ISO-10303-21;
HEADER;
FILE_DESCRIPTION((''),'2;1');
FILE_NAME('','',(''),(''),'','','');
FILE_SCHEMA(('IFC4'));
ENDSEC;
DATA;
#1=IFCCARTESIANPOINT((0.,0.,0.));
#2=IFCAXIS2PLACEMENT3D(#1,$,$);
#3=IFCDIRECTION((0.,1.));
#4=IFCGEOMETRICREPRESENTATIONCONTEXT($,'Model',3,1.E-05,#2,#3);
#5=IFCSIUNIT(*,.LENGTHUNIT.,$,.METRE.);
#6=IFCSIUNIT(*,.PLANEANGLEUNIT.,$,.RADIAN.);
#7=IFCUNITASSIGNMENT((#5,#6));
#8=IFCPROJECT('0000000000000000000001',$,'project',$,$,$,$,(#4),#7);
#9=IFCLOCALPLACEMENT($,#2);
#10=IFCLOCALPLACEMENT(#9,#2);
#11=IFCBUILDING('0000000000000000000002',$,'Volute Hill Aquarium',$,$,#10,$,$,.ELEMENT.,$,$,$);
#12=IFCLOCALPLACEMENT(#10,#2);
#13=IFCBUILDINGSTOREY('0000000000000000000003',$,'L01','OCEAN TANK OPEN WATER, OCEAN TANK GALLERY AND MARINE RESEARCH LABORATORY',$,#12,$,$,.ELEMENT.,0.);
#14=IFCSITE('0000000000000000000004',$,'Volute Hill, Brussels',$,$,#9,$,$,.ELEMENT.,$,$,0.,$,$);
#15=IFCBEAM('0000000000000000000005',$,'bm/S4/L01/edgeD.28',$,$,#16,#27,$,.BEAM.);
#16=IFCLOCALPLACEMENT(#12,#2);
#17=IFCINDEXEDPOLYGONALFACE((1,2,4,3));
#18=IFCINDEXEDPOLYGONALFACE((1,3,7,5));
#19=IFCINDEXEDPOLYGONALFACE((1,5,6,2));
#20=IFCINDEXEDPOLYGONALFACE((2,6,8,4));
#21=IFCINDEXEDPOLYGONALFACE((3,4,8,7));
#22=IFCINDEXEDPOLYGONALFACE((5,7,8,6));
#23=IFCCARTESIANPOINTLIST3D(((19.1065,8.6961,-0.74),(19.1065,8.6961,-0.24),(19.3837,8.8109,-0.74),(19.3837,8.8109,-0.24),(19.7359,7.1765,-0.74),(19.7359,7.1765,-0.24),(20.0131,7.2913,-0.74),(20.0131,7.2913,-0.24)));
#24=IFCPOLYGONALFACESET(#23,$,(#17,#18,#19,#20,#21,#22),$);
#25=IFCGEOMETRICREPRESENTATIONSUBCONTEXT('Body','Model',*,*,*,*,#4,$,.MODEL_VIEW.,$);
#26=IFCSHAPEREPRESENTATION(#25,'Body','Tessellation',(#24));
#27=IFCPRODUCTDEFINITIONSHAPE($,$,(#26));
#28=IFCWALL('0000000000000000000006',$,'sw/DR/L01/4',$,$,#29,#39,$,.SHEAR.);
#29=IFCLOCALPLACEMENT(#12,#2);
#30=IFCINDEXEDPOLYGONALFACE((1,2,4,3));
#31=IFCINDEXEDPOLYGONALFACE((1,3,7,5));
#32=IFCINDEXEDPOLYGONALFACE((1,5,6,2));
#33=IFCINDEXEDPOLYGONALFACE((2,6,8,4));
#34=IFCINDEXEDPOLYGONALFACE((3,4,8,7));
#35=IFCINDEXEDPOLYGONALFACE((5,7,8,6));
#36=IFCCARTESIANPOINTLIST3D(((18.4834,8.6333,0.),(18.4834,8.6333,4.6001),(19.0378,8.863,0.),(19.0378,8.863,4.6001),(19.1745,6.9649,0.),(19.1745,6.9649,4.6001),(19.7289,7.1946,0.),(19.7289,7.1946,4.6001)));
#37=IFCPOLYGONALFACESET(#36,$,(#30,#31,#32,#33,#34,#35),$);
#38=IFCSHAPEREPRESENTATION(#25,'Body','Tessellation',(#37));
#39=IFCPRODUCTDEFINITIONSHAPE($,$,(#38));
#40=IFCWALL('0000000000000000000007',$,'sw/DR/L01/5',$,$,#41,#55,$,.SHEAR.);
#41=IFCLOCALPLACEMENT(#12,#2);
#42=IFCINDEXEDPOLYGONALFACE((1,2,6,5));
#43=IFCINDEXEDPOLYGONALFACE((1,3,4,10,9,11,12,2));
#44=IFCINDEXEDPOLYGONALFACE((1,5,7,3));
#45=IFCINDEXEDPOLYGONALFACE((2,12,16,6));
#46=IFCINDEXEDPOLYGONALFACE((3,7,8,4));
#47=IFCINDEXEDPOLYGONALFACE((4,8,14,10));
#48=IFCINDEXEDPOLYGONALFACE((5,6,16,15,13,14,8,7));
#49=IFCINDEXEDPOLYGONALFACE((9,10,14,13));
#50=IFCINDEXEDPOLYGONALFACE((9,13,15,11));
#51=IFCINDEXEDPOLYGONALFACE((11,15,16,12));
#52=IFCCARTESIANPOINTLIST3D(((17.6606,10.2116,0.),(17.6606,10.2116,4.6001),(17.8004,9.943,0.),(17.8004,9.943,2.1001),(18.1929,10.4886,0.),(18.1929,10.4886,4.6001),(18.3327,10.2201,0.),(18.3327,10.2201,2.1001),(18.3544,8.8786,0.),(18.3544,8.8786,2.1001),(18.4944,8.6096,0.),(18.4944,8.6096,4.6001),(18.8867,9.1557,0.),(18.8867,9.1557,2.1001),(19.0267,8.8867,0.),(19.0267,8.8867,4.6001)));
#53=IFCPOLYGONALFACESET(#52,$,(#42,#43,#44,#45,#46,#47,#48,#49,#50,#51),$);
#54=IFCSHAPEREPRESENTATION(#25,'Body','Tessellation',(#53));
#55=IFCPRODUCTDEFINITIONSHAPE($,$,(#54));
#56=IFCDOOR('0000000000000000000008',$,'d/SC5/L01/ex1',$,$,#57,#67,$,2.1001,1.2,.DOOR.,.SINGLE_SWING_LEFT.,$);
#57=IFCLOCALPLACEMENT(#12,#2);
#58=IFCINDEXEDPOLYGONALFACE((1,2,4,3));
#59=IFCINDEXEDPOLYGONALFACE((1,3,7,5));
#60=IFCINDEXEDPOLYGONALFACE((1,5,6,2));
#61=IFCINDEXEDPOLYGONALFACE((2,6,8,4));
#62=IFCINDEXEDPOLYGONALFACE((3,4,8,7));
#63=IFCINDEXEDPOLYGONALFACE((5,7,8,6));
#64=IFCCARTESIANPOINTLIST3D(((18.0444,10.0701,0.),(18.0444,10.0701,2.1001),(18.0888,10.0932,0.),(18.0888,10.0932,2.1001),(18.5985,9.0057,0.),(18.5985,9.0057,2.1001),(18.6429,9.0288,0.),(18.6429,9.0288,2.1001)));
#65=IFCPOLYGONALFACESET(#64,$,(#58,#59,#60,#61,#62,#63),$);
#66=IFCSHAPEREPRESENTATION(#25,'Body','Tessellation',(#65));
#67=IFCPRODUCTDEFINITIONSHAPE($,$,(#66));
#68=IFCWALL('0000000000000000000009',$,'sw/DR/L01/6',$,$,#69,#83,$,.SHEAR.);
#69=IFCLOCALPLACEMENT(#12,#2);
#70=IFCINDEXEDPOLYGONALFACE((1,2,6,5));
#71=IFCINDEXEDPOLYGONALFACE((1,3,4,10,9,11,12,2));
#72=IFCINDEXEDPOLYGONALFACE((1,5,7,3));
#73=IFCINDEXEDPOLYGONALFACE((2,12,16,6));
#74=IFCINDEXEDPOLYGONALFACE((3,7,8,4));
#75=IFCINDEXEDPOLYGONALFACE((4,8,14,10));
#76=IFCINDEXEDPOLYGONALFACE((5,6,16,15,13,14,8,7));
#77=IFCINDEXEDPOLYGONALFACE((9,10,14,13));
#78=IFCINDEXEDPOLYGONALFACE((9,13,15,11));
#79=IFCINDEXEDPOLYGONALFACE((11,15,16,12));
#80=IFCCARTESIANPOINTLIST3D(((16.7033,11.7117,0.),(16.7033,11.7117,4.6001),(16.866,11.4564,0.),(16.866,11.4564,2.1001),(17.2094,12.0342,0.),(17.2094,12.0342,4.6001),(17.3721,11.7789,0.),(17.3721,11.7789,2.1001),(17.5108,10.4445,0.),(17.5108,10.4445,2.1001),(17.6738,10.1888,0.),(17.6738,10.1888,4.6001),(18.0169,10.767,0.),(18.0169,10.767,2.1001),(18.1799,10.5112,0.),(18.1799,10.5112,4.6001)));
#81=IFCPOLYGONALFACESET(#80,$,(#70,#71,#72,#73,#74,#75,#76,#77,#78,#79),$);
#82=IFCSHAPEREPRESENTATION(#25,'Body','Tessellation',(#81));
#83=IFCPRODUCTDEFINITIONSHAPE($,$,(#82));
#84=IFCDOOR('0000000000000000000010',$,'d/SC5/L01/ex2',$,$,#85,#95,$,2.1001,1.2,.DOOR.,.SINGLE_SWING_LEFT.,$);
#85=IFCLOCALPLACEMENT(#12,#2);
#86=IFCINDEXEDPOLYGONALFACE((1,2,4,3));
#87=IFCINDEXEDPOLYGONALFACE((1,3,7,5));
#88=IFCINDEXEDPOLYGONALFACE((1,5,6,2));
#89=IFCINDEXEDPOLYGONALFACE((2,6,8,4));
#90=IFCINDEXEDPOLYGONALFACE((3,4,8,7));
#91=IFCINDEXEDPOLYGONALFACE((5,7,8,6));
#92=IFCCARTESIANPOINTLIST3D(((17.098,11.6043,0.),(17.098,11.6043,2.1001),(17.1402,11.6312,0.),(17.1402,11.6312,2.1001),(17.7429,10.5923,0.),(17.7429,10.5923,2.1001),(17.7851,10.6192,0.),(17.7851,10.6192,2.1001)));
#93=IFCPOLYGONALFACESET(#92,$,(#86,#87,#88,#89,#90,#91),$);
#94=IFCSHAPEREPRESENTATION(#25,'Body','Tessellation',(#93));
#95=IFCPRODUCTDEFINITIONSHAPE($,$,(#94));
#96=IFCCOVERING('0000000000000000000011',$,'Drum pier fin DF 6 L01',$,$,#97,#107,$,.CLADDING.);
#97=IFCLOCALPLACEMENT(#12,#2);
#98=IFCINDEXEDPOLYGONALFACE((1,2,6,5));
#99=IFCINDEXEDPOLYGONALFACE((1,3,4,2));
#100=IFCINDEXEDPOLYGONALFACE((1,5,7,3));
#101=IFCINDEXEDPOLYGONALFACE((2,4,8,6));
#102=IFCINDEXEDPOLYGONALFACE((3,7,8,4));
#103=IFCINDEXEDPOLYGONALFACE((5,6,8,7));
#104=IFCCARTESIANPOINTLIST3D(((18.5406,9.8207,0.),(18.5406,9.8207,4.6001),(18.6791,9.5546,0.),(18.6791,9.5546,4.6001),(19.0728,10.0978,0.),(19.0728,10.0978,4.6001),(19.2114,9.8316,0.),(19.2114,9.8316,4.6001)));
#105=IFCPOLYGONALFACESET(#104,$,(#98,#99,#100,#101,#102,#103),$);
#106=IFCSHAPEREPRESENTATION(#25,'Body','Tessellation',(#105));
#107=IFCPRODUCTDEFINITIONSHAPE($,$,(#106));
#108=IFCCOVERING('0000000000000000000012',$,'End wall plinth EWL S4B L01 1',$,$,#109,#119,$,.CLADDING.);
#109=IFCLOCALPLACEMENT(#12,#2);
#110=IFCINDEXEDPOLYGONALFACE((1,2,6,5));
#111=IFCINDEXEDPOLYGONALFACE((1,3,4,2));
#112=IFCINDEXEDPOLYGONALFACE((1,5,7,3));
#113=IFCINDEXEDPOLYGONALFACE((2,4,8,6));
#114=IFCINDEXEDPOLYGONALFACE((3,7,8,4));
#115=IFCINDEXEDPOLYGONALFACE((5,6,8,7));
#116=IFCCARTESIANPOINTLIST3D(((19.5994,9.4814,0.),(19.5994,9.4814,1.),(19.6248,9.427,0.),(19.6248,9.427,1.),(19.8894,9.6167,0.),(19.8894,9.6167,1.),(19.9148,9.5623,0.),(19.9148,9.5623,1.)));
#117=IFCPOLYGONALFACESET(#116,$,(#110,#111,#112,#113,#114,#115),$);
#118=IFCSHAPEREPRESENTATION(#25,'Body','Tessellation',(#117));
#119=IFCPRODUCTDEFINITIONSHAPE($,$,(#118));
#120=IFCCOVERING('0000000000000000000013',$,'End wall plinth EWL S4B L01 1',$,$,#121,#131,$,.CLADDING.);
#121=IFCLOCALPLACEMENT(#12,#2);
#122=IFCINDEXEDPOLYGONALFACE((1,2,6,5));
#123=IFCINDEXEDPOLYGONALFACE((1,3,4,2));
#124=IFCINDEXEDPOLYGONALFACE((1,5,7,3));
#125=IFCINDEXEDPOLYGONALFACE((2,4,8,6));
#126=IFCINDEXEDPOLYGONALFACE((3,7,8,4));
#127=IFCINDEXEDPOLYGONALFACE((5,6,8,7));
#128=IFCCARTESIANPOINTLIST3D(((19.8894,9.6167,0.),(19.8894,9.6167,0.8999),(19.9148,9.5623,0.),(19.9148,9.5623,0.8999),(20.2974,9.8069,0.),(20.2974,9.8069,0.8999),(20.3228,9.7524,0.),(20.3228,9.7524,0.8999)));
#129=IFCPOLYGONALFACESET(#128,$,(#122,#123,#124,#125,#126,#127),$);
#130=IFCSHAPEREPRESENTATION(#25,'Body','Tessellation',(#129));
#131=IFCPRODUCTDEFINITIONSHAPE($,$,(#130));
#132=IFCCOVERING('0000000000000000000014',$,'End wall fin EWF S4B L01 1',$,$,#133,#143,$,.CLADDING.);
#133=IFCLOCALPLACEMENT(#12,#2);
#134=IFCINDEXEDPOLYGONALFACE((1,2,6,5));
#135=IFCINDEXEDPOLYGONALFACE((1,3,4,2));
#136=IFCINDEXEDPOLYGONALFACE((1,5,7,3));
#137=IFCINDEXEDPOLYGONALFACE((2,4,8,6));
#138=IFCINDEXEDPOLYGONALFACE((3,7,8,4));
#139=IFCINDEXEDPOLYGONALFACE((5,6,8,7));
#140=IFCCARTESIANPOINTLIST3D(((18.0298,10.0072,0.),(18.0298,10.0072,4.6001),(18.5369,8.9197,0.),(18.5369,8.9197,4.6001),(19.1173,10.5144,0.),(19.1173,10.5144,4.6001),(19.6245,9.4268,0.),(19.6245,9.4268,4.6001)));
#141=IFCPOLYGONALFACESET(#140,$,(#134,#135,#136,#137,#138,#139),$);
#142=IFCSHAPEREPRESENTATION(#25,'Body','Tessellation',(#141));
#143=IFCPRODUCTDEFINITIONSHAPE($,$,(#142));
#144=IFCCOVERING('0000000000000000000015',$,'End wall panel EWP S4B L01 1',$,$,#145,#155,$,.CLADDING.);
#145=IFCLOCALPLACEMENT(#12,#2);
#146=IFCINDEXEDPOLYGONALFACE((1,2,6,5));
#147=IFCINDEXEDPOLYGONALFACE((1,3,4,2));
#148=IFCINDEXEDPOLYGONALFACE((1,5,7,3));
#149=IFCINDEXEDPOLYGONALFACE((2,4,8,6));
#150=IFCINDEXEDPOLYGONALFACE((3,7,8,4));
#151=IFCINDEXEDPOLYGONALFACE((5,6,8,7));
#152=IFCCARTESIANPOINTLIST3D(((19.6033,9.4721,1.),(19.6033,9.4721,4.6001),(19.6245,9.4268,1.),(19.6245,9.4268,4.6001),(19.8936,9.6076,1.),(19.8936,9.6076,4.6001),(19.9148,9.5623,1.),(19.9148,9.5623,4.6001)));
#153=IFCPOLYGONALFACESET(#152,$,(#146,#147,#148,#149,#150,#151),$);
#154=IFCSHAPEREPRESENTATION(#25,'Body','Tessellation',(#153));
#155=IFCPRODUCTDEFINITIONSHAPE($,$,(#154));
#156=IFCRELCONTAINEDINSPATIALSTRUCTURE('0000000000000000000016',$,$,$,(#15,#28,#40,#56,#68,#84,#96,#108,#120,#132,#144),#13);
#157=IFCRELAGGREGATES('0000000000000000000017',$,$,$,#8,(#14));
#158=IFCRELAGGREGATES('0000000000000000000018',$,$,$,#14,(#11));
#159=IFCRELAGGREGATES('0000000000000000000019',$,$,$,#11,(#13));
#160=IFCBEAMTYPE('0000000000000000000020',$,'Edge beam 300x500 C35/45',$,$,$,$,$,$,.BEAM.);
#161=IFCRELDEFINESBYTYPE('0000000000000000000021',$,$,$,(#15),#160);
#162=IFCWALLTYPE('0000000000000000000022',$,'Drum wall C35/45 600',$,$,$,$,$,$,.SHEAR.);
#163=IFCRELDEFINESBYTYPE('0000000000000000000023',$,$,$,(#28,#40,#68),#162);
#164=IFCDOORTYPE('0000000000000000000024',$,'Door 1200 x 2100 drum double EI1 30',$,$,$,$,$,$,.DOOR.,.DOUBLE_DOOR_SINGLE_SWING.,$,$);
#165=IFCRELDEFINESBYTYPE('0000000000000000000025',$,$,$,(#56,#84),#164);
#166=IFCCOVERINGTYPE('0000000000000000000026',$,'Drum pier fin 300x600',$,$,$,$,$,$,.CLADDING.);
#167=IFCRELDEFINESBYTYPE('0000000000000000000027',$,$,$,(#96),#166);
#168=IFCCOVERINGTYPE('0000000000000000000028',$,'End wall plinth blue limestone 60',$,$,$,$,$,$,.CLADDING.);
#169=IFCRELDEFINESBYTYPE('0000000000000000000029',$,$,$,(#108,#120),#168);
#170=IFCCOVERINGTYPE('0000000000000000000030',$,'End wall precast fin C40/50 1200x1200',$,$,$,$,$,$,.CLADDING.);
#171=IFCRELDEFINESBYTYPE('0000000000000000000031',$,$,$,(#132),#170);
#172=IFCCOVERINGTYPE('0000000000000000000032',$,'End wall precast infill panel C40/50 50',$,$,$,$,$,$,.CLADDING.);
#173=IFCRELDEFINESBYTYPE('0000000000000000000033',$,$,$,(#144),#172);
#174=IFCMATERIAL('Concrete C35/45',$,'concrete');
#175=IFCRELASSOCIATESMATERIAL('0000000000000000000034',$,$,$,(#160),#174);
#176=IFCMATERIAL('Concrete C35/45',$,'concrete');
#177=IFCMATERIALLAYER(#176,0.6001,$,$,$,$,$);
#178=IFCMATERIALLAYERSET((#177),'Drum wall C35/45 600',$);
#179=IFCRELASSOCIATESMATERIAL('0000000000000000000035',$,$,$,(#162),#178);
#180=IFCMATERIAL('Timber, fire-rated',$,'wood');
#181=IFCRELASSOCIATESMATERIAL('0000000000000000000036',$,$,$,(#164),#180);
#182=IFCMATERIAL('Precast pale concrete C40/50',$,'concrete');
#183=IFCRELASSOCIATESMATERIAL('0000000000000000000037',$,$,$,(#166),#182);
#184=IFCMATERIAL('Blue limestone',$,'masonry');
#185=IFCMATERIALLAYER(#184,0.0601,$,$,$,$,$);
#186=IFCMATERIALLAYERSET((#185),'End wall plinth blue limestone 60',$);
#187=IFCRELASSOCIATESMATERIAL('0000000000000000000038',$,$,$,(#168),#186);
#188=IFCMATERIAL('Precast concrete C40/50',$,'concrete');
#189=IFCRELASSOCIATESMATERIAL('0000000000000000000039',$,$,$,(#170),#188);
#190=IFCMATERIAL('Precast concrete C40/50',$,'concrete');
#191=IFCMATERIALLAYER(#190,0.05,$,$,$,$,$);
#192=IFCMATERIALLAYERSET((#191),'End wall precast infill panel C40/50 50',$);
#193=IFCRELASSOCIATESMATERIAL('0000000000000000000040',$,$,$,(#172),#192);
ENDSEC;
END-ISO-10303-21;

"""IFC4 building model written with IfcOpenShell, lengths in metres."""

from ifc_helpers import new_model, si_unit, direction, frame, frame_2d, origin, origin_2d, place, context, subcontext, project, spatial, polyline, rectangle, outline, extrude, material, layer, layer_set, material_profile, profile_set, type_object, element, fill, save


model = new_model("IFC4")

# Units and contexts
model_context = context("Model", 3, precision=1e-05, world=origin(), true_north=direction((0.0, 1.0)))
body_context = subcontext(model_context, "Body", "Model", "MODEL_VIEW")
ifc_project = project(units=[si_unit("LENGTHUNIT", "METRE"), si_unit("PLANEANGLEUNIT", "RADIAN")], contexts=[model_context])

# Site, building, storey
site_placement = place(None, origin())
site = spatial("IfcSite", under=ifc_project, at=site_placement, Name="Volute Hill, Brussels", CompositionType="ELEMENT", RefElevation=0.0)
building_placement = place(site_placement, origin())
building = spatial("IfcBuilding", under=site, at=building_placement, Name="Volute Hill Aquarium", CompositionType="ELEMENT")
storey_placement = place(building_placement, origin())
storey = spatial("IfcBuildingStorey", under=building, at=storey_placement, Name="L01", Description="OCEAN TANK OPEN WATER, OCEAN TANK GALLERY AND MARINE RESEARCH LABORATORY", CompositionType="ELEMENT", Elevation=0.0)

# Beam
ifc_material_1 = material(Name="Concrete C35/45", Category="concrete")
ifc_material_profile = material_profile(ifc_material_1, rectangle(XDim=0.3, YDim=0.5, at=origin_2d()), Name="RC edge beam 300x500")
ifc_profile_set = profile_set([ifc_material_profile], Name="Concrete C35/45")
beam_type = type_object("IfcBeamType", Name="Edge beam 300x500 C35/45", PredefinedType="BEAM", material=ifc_profile_set)
beam_placement = place(storey_placement, frame((19.8745, 7.2339, -0.49), z_axis=(-0.382675, 0.923883, 0.0), x_axis=(-0.923883, -0.382675, 0.0)))
element("IfcBeam", 1, at=beam_placement, inside=storey, type_object=beam_type, Name="bm/S4/L01/edgeD.28", PredefinedType="BEAM", context=body_context, shape_type="SweptSolid", body=[
    extrude(rectangle(XDim=0.3, YDim=0.5, at=origin_2d()), origin(), (0.0, 0.0, 1.0), 1.6448),
])

# Wall
ifc_material_2 = material(Name="Concrete C35/45", Category="concrete")
ifc_layer_1 = layer(ifc_material_2, 0.6001)
ifc_layer_set_1 = layer_set([ifc_layer_1], Name="Drum wall C35/45 600")
wall_type_1 = type_object("IfcWallType", Name="Drum wall C35/45 600", PredefinedType="SHEAR", material=ifc_layer_set_1)
wall_1_placement = place(storey_placement, frame((19.4517, 7.0798, 0.0), z_axis=(0.0, 0.0, 1.0), x_axis=(-0.382714, 0.923867, 0.0)))
element("IfcWall", 2, at=wall_1_placement, inside=storey, type_object=wall_type_1, Name="sw/DR/L01/4", PredefinedType="SHEAR", context=body_context, shape_type="SweptSolid", body=[
    extrude(rectangle(XDim=1.8059, YDim=0.6001, at=frame_2d((0.9028, 0.0))), origin(), (0.0, 0.0, 1.0), 4.6001),
])

# Walls, openings, doors
wall_2_placement = place(storey_placement, frame((18.7605, 8.7483, 0.0), z_axis=(0.0, 0.0, 1.0), x_axis=(-0.461702, 0.887035, 0.0)))
wall_2 = element("IfcWall", 3, at=wall_2_placement, inside=storey, type_object=wall_type_1, Name="sw/DR/L01/5", PredefinedType="SHEAR", context=body_context, shape_type="SweptSolid", body=[
    extrude(rectangle(XDim=1.8059, YDim=0.6001, at=frame_2d((0.9028, 0.0))), origin(), (0.0, 0.0, 1.0), 4.6001),
])
opening_1_placement = place(wall_2_placement, frame((0.303, 0.0, 0.0)))
opening_1 = element("IfcOpeningElement", 4, at=opening_1_placement, cuts=wall_2, PredefinedType="OPENING", context=body_context, shape_type="SweptSolid", body=[
    extrude(rectangle(XDim=1.2, YDim=2.1001, at=frame_2d((0.6001, 1.05))), frame((0.0, 0.3101, 0.0), z_axis=(0.0, -1.0, 0.0), x_axis=(1.0, 0.0, 0.0)), (0.0, 0.0, 1.0), 0.6201),
])
ifc_material_3 = material(Name="Timber, fire-rated", Category="wood")
door_type_1 = type_object("IfcDoorType", Name="Door 1200 x 2100 drum double EI1 30", OperationType="DOUBLE_DOOR_SINGLE_SWING", PredefinedType="DOOR", material=ifc_material_3)
door_1_placement = place(opening_1_placement, origin())
door_1 = element("IfcDoor", 5, at=door_1_placement, inside=storey, type_object=door_type_1, Name="d/SC5/L01/ex1", OperationType="SINGLE_SWING_LEFT", OverallHeight=2.1001, OverallWidth=1.2, PredefinedType="DOOR", context=body_context, shape_type="SweptSolid", body=[
    extrude(rectangle(XDim=1.2, YDim=2.1001, at=frame_2d((0.6001, 1.05))), frame((0.0, 0.0249, 0.0), z_axis=(0.0, -1.0, 0.0), x_axis=(1.0, 0.0, 0.0)), (0.0, 0.0, 1.0), 0.05),
])
fill(opening_1, door_1)
wall_3_placement = place(storey_placement, frame((17.9268, 10.3501, 0.0), z_axis=(0.0, 0.0, 1.0), x_axis=(-0.537392, 0.843333, 0.0)))
wall_3 = element("IfcWall", 6, at=wall_3_placement, inside=storey, type_object=wall_type_1, Name="sw/DR/L01/6", PredefinedType="SHEAR", context=body_context, shape_type="SweptSolid", body=[
    extrude(rectangle(XDim=1.8059, YDim=0.6001, at=frame_2d((0.9028, 0.0))), origin(), (0.0, 0.0, 1.0), 4.6001),
])
opening_2_placement = place(wall_3_placement, frame((0.303, 0.0, 0.0)))
opening_2 = element("IfcOpeningElement", 7, at=opening_2_placement, cuts=wall_3, PredefinedType="OPENING", context=body_context, shape_type="SweptSolid", body=[
    extrude(rectangle(XDim=1.2, YDim=2.1001, at=frame_2d((0.6001, 1.05))), frame((0.0, 0.3101, 0.0), z_axis=(0.0, -1.0, 0.0), x_axis=(1.0, 0.0, 0.0)), (0.0, 0.0, 1.0), 0.6201),
])
door_2_placement = place(opening_2_placement, origin())
door_2 = element("IfcDoor", 8, at=door_2_placement, inside=storey, type_object=door_type_1, Name="d/SC5/L01/ex2", OperationType="SINGLE_SWING_LEFT", OverallHeight=2.1001, OverallWidth=1.2, PredefinedType="DOOR", context=body_context, shape_type="SweptSolid", body=[
    extrude(rectangle(XDim=1.2, YDim=2.1001, at=frame_2d((0.6001, 1.05))), frame((0.0, 0.0249, 0.0), z_axis=(0.0, -1.0, 0.0), x_axis=(1.0, 0.0, 0.0)), (0.0, 0.0, 1.0), 0.05),
])
fill(opening_2, door_2)

# Coverings
ifc_material_4 = material(Name="Precast pale concrete C40/50", Category="concrete")
covering_type_1 = type_object("IfcCoveringType", Name="Drum pier fin 300x600", PredefinedType="CLADDING", material=ifc_material_4)
covering_1_placement = place(storey_placement, frame((18.876, 9.8262, 0.0), z_axis=(0.0, 0.0, 1.0), x_axis=(-0.461749, 0.887011, 0.0)))
element("IfcCovering", 9, at=covering_1_placement, inside=storey, type_object=covering_type_1, Name="Drum pier fin DF 6 L01", PredefinedType="CLADDING", context=body_context, shape_type="SweptSolid", body=[
    extrude(rectangle(XDim=0.3, YDim=0.6001, at=origin_2d()), origin(), (0.0, 0.0, 1.0), 4.6001),
])
ifc_material_5 = material(Name="Blue limestone", Category="masonry")
ifc_layer_2 = layer(ifc_material_5, 0.0601)
ifc_layer_set_2 = layer_set([ifc_layer_2], Name="End wall plinth blue limestone 60")
covering_type_2 = type_object("IfcCoveringType", Name="End wall plinth blue limestone 60", PredefinedType="CLADDING", material=ifc_layer_set_2)
covering_2_placement = place(storey_placement, frame((19.6248, 9.427, 0.0), z_axis=(0.422635, -0.9063, 0.0), x_axis=(0.9063, 0.422635, 0.0)))
element("IfcCovering", 10, at=covering_2_placement, inside=storey, type_object=covering_type_2, Name="End wall plinth EWL S4B L01 1", PredefinedType="CLADDING", context=body_context, shape_type="SweptSolid", body=[
    extrude(outline(polyline([(0.0, 0.0), (0.32, 0.0), (0.32, 1.0), (0.0, 1.0), (0.0, 0.0)])), origin(), (0.0, 0.0, -1.0), 0.0601),
])
covering_3_placement = place(storey_placement, frame((19.9148, 9.5623, 0.0), z_axis=(0.422529, -0.906349, 0.0), x_axis=(0.906349, 0.422529, 0.0)))
element("IfcCovering", 11, at=covering_3_placement, inside=storey, type_object=covering_type_2, Name="End wall plinth EWL S4B L01 1", PredefinedType="CLADDING", context=body_context, shape_type="SweptSolid", body=[
    extrude(outline(polyline([(0.0, 0.0), (0.4501, 0.0), (0.4501, 0.8999), (0.0, 0.8999), (0.0, 0.0)])), origin(), (0.0, 0.0, -1.0), 0.0601),
])
ifc_material_6 = material(Name="Precast concrete C40/50", Category="concrete")
covering_type_3 = type_object("IfcCoveringType", Name="End wall precast fin C40/50 1200x1200", PredefinedType="CLADDING", material=ifc_material_6)
covering_4_placement = place(storey_placement, frame((18.8271, 9.717, 0.0), z_axis=(0.0, 0.0, 1.0), x_axis=(0.906307, 0.42262, 0.0)))
element("IfcCovering", 12, at=covering_4_placement, inside=storey, type_object=covering_type_3, Name="End wall fin EWF S4B L01 1", PredefinedType="CLADDING", context=body_context, shape_type="SweptSolid", body=[
    extrude(rectangle(XDim=1.2, YDim=1.2, at=origin_2d()), origin(), (0.0, 0.0, 1.0), 4.6001),
])
ifc_material_7 = material(Name="Precast concrete C40/50", Category="concrete")
ifc_layer_3 = layer(ifc_material_7, 0.05)
ifc_layer_set_3 = layer_set([ifc_layer_3], Name="End wall precast infill panel C40/50 50")
covering_type_4 = type_object("IfcCoveringType", Name="End wall precast infill panel C40/50 50", PredefinedType="CLADDING", material=ifc_layer_set_3)
covering_5_placement = place(storey_placement, frame((19.6245, 9.4268, 1.0), z_axis=(0.422969, -0.906144, 0.0), x_axis=(0.906144, 0.422969, 0.0)))
element("IfcCovering", 13, at=covering_5_placement, inside=storey, type_object=covering_type_4, Name="End wall panel EWP S4B L01 1", PredefinedType="CLADDING", context=body_context, shape_type="SweptSolid", body=[
    extrude(outline(polyline([(0.0, 0.0), (0.3203, 0.0), (0.3203, 3.6001), (0.0, 3.6001), (0.0, 0.0)])), origin(), (0.0, 0.0, -1.0), 0.05),
])

save(model, "model.ifc")
